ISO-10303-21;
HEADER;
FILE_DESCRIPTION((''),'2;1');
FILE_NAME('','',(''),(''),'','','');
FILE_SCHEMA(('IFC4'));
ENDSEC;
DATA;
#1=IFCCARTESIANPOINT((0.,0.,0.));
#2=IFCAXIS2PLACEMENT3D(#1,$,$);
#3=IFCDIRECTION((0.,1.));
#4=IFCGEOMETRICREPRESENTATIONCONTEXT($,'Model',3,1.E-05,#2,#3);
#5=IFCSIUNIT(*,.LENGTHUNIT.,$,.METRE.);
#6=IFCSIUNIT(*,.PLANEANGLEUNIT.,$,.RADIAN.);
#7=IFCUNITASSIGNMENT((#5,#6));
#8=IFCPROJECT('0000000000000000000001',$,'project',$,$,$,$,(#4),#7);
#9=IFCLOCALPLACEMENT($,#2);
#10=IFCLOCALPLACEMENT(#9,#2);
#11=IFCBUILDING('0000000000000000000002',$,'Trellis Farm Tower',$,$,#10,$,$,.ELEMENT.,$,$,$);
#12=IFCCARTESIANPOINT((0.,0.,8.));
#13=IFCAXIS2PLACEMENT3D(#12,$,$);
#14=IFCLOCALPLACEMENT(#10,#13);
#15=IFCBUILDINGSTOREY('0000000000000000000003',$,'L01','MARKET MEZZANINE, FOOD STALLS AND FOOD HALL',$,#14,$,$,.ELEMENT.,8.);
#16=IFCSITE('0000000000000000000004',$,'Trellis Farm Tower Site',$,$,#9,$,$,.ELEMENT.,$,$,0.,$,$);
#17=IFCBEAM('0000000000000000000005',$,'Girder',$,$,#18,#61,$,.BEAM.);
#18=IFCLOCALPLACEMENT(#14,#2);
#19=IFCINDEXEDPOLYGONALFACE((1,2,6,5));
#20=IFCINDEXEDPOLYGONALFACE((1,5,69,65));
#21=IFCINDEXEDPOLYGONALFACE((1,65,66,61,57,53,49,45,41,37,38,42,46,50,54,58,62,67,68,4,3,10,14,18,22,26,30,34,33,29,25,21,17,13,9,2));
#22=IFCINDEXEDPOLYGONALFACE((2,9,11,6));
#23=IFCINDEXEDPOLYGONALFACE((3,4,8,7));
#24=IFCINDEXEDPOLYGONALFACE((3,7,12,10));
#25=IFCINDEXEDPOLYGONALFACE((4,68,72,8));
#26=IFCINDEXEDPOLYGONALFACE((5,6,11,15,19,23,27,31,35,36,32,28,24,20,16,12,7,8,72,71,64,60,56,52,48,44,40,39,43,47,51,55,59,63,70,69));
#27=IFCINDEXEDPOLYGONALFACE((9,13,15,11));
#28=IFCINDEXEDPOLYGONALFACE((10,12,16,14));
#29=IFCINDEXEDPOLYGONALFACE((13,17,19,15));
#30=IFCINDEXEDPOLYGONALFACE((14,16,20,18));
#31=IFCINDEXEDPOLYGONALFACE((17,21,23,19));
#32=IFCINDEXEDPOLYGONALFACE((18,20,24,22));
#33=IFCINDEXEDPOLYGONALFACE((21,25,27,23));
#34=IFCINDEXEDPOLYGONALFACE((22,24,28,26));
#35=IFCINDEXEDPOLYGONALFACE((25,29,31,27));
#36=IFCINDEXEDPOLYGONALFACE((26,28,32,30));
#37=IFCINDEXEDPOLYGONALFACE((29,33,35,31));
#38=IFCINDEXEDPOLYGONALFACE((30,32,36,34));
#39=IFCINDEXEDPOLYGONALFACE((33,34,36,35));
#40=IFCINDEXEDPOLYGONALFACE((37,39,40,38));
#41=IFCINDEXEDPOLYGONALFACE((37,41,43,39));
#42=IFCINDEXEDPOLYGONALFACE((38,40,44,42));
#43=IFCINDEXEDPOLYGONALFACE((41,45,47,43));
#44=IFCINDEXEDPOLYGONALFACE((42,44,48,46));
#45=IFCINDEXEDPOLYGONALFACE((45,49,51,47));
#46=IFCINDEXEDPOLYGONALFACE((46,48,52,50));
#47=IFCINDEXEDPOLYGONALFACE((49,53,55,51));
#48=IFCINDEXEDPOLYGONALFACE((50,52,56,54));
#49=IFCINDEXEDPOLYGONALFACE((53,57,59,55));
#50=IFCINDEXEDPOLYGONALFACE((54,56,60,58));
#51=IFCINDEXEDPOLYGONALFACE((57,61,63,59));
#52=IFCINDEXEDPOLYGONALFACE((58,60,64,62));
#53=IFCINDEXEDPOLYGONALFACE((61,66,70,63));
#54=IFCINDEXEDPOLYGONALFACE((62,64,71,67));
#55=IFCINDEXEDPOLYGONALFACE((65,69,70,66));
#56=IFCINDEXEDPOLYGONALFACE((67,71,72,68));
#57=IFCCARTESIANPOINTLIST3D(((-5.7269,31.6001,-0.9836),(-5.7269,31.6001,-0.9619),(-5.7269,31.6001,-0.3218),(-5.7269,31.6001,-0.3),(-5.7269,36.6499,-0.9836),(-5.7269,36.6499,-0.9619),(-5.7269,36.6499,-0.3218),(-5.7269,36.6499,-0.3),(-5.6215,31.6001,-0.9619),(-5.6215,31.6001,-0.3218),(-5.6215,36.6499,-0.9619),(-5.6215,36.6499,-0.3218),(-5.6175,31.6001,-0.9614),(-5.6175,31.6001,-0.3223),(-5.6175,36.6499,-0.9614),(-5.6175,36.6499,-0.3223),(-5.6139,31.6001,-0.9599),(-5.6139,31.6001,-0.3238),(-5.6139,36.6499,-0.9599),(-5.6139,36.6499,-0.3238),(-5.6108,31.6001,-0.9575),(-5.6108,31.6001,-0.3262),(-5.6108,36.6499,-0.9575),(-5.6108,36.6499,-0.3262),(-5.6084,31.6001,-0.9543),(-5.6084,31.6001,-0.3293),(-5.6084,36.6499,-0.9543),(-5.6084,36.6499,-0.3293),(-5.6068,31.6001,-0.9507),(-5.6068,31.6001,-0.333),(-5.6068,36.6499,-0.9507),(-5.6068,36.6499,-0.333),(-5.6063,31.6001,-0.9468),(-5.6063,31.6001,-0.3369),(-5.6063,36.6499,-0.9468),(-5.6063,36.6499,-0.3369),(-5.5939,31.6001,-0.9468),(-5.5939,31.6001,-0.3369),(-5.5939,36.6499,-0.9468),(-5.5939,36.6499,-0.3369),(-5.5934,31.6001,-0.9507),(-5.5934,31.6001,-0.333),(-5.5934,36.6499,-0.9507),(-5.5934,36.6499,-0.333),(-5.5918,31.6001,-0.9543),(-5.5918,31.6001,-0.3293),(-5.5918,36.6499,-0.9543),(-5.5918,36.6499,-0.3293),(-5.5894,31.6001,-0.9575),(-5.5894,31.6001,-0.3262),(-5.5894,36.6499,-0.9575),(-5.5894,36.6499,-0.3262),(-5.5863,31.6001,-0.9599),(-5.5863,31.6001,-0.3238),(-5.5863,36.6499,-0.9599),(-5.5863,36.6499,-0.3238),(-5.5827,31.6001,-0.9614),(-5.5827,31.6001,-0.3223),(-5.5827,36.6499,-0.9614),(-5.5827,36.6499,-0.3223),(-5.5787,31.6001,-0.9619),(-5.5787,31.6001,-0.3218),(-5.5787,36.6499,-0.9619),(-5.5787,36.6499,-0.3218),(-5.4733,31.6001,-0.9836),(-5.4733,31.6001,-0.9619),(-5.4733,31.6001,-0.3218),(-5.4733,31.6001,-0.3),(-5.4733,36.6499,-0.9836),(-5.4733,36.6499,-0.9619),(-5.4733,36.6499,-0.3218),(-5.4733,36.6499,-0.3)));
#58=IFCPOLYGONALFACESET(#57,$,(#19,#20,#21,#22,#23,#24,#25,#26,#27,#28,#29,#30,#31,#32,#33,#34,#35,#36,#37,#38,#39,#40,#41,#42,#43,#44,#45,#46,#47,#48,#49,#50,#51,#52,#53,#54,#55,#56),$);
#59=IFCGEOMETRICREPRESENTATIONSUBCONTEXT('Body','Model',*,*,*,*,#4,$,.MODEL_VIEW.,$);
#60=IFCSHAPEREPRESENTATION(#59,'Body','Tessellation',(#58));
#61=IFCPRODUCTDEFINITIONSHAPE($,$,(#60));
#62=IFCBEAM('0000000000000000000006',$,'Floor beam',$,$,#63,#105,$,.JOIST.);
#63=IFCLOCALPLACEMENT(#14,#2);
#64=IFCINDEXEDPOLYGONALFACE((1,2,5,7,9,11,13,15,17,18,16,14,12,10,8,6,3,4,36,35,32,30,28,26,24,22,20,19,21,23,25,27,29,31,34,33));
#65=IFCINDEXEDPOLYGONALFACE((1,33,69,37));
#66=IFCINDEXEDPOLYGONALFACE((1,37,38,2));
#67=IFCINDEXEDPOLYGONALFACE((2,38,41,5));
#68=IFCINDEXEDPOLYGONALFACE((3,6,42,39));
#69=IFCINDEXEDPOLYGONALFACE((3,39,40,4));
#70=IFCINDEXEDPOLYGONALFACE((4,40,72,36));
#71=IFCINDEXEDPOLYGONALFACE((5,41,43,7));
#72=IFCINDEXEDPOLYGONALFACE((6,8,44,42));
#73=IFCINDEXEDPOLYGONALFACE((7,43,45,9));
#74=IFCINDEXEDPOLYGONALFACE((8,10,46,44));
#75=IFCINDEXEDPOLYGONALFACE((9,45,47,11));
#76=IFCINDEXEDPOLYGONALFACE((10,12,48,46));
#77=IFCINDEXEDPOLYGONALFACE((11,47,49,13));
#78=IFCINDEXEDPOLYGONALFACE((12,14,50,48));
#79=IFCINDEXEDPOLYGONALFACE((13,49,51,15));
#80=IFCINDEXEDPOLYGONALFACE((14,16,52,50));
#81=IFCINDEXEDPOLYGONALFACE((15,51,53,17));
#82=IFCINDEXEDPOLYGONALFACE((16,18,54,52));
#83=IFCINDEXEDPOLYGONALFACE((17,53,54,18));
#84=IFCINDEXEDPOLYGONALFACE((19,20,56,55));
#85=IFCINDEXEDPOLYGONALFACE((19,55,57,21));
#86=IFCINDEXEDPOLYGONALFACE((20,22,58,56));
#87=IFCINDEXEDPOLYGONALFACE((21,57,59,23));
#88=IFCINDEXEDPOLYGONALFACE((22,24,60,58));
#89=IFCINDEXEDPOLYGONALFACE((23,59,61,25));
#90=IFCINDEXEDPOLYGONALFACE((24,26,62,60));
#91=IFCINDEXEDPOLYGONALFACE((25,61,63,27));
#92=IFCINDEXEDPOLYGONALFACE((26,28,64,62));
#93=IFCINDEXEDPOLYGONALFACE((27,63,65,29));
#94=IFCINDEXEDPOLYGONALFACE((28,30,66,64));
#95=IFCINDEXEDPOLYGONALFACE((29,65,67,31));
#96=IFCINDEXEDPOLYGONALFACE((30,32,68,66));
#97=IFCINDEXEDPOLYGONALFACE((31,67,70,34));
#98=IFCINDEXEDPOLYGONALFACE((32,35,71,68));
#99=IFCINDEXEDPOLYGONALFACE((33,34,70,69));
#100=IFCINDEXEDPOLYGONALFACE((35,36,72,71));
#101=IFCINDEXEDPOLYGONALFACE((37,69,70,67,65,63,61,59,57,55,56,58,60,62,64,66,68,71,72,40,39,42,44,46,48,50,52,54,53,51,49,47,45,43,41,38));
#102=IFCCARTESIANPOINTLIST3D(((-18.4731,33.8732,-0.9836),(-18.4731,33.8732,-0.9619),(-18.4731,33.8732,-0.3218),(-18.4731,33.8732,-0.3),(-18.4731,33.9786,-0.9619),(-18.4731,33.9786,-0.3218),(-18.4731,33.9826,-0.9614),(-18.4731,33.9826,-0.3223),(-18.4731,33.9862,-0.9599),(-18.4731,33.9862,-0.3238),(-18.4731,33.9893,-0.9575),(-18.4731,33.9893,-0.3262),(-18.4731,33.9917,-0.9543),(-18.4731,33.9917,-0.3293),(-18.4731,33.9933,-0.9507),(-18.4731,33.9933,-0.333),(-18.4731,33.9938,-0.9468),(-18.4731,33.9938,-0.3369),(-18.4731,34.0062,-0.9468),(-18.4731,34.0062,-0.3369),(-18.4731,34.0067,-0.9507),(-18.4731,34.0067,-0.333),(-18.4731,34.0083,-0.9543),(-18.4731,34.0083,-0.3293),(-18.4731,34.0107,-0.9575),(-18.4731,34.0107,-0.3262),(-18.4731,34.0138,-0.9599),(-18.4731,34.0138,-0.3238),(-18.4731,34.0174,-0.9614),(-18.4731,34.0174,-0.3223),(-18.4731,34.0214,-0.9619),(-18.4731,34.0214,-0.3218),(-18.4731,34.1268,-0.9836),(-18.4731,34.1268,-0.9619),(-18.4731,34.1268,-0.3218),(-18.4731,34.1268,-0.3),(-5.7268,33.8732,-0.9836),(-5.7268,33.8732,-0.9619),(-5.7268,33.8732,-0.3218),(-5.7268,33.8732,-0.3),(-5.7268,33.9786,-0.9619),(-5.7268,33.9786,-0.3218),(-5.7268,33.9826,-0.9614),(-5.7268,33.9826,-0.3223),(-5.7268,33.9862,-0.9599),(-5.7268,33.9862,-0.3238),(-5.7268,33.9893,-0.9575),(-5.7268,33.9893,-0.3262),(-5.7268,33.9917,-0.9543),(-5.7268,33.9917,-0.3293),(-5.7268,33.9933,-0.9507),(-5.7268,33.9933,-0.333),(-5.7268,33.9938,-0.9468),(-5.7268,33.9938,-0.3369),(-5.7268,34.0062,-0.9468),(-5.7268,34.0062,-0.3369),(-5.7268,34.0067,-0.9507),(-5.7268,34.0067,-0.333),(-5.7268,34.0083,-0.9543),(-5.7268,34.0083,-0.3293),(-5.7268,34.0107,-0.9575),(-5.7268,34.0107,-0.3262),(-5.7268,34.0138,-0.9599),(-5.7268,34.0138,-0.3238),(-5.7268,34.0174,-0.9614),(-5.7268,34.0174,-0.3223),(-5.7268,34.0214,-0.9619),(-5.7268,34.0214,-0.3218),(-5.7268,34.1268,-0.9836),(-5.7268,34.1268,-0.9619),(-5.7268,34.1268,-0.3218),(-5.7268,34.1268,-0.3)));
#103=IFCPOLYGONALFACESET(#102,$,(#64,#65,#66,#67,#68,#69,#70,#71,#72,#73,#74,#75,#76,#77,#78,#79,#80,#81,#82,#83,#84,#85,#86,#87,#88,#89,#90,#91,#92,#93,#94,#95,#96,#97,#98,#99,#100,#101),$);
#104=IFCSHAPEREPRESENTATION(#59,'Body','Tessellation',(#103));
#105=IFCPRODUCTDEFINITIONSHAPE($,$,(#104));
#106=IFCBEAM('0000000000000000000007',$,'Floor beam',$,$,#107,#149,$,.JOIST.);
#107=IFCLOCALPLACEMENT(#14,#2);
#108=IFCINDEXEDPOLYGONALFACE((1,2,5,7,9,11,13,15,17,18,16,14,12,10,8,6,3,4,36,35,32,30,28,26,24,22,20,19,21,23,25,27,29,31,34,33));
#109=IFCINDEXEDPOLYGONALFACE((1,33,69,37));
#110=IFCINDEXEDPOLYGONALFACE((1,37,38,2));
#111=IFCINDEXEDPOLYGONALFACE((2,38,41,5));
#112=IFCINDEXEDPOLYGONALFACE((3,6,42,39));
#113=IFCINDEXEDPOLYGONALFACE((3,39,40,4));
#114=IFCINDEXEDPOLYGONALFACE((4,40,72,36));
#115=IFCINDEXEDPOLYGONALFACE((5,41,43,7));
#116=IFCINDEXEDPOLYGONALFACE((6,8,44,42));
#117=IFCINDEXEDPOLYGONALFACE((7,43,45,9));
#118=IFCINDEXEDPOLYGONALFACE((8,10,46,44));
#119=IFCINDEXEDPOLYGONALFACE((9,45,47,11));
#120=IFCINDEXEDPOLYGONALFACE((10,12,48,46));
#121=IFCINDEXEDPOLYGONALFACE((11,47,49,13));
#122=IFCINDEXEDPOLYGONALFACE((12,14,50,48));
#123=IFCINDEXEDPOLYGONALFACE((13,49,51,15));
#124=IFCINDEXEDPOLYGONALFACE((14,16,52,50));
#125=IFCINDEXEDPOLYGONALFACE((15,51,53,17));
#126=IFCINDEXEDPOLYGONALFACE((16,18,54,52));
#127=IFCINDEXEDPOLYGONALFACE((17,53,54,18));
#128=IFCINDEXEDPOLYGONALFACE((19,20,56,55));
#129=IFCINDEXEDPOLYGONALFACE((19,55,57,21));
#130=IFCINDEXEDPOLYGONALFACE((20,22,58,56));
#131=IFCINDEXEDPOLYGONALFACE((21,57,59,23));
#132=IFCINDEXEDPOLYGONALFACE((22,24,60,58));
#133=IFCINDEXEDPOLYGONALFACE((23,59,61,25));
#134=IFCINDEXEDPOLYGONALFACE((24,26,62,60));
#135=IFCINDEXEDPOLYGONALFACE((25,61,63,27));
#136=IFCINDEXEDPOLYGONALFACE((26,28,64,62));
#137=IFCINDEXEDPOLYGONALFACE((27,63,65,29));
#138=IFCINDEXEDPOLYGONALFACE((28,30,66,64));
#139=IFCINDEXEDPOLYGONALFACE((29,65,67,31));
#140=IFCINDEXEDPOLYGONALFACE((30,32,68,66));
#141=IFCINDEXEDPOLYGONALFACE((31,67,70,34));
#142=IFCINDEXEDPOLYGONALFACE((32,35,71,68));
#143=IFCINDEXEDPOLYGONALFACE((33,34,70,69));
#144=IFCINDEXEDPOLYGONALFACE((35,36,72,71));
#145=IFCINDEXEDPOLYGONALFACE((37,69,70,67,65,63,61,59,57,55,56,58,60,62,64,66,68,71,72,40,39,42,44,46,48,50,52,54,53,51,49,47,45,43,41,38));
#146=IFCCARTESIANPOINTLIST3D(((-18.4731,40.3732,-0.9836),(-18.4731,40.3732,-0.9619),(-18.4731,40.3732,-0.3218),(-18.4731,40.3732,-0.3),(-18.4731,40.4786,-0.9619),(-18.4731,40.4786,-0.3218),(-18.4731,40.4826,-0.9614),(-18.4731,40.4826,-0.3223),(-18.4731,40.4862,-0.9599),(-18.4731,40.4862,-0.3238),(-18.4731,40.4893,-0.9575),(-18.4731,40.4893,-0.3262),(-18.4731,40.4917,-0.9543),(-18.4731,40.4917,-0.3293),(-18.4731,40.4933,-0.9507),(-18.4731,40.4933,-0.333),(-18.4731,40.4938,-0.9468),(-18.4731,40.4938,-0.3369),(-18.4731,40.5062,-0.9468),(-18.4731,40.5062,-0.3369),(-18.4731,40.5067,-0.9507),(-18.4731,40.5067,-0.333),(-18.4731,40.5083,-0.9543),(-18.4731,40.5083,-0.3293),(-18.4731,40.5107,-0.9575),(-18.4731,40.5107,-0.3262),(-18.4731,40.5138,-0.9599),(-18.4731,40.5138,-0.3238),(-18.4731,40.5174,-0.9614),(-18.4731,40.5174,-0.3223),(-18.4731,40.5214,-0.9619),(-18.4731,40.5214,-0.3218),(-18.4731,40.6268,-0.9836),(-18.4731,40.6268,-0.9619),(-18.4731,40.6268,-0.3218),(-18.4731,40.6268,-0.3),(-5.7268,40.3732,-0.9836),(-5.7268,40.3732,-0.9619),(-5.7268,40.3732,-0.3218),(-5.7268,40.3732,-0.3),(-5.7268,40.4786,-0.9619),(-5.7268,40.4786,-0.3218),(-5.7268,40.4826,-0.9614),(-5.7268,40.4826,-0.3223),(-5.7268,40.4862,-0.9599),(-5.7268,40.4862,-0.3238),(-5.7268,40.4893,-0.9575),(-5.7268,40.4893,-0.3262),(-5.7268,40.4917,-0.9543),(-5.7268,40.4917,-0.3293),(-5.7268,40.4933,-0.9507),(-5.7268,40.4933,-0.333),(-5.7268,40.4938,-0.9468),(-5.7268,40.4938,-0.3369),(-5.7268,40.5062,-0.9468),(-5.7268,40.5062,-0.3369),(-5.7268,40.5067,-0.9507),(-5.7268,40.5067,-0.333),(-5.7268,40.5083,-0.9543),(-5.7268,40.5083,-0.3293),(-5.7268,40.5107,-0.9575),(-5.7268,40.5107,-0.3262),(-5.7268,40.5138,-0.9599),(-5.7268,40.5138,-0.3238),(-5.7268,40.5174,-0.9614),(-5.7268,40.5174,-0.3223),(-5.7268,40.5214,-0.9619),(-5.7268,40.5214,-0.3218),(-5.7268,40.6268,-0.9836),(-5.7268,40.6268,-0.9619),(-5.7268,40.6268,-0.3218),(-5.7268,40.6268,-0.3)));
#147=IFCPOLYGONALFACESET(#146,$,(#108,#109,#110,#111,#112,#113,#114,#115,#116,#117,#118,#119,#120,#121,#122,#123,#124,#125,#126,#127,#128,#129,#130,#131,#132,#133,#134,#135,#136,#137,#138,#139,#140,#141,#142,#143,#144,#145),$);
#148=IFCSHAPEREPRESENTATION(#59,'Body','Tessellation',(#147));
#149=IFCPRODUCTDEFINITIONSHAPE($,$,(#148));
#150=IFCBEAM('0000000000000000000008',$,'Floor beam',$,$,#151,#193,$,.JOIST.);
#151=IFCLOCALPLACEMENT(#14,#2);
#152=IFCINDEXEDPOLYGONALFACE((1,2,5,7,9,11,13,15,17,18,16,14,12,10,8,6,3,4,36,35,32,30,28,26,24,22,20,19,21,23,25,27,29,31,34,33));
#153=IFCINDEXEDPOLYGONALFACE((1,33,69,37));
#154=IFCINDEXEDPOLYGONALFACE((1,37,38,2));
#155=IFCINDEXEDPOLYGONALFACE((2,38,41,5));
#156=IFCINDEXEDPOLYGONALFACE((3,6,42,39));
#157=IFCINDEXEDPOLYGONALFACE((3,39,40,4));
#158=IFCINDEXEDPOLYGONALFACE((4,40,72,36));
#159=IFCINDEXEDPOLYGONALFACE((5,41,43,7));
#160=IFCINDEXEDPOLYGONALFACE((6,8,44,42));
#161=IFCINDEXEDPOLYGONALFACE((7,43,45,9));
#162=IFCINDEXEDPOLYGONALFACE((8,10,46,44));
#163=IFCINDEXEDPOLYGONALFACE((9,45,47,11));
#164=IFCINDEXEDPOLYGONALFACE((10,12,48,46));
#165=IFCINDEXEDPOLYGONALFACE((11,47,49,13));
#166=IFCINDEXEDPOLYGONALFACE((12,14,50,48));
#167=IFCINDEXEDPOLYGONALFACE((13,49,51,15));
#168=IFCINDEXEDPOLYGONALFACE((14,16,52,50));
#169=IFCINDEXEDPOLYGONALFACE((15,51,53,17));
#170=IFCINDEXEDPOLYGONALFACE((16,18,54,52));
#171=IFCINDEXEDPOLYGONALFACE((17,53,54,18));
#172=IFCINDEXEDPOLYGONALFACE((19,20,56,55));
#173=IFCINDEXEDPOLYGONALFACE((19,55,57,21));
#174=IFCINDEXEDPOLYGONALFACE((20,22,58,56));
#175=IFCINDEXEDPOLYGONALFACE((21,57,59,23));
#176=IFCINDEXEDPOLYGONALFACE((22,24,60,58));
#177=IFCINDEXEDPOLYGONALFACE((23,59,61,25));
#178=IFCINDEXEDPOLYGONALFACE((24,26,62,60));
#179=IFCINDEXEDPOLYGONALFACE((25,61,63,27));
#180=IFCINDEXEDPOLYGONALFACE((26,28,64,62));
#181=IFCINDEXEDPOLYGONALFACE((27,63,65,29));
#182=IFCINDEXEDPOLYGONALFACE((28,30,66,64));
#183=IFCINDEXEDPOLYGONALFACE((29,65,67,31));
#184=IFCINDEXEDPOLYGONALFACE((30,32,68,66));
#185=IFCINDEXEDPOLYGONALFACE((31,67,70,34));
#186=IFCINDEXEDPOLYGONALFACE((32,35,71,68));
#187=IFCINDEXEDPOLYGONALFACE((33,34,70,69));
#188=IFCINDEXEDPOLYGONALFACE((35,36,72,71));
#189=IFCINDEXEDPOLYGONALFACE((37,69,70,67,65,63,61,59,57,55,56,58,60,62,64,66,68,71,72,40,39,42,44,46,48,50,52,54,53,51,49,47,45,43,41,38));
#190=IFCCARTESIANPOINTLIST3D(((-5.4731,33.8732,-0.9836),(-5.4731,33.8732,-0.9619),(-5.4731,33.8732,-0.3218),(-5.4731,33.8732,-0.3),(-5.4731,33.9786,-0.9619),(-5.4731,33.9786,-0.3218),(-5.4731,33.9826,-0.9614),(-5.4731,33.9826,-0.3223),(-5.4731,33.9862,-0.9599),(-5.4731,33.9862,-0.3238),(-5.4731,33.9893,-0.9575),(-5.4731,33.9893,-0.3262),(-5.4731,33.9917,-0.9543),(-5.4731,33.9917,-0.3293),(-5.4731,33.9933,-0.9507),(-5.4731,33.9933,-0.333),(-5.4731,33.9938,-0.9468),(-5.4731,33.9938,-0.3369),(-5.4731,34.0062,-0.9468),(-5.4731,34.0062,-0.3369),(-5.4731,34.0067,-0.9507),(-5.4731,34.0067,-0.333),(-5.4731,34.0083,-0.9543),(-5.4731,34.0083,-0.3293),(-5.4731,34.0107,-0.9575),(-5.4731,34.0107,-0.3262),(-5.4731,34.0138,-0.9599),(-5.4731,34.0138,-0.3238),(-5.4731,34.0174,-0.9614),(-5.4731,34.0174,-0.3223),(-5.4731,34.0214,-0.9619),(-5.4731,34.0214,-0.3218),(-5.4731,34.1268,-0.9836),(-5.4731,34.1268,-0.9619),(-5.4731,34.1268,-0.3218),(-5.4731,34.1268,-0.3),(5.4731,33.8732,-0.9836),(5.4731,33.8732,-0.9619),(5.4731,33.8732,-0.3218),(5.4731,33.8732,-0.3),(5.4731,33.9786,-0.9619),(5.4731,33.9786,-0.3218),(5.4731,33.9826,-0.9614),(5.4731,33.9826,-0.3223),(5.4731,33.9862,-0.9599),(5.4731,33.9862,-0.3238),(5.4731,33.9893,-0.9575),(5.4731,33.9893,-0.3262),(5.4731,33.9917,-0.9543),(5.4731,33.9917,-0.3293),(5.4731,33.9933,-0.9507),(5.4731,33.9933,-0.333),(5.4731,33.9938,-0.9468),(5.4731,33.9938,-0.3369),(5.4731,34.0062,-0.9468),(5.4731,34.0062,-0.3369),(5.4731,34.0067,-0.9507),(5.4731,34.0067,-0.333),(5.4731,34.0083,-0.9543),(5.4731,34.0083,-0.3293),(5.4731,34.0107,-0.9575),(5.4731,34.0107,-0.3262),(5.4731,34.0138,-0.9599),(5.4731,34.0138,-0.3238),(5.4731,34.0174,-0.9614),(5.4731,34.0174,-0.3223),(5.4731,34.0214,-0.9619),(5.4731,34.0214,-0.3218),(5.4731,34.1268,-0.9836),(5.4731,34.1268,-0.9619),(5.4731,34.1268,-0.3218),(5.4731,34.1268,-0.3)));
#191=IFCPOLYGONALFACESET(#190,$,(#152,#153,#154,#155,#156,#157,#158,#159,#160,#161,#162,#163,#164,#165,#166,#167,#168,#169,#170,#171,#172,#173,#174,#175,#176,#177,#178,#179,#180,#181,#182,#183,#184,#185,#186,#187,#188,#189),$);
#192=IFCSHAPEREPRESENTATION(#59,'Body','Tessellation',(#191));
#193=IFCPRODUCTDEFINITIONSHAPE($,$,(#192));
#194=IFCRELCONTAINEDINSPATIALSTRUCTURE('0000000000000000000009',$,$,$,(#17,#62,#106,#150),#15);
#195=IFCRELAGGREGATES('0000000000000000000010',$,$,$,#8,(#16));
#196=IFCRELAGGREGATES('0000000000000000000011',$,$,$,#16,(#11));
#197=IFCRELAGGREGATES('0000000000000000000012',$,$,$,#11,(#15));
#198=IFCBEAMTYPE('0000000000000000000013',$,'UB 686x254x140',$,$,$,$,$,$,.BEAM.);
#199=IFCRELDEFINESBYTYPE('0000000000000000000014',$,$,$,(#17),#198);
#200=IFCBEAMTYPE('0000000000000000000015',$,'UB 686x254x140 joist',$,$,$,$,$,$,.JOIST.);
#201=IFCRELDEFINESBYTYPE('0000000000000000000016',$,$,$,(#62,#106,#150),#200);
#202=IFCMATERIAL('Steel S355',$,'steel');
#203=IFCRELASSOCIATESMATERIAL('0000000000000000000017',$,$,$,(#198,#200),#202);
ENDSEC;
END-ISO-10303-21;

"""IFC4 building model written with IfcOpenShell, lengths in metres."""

from ifc_helpers import new_model, si_unit, direction, frame, origin, origin_2d, place, context, subcontext, project, spatial, i_section, extrude, source, transform, mapped, material, material_profile, profile_set, type_object, element, save


model = new_model("IFC4")

# Units and contexts
model_context = context("Model", 3, precision=1e-05, world=origin(), true_north=direction((0.0, 1.0)))
body_context = subcontext(model_context, "Body", "Model", "MODEL_VIEW")
ifc_project = project(units=[si_unit("LENGTHUNIT", "METRE"), si_unit("PLANEANGLEUNIT", "RADIAN")], contexts=[model_context])

# Site, building, storey
site_placement = place(None, origin())
site = spatial("IfcSite", under=ifc_project, at=site_placement, Name="Trellis Farm Tower Site", CompositionType="ELEMENT", RefElevation=0.0)
building_placement = place(site_placement, origin())
building = spatial("IfcBuilding", under=site, at=building_placement, Name="Trellis Farm Tower", CompositionType="ELEMENT")
storey_placement = place(building_placement, frame((0.0, 0.0, 8.0)))
storey = spatial("IfcBuildingStorey", under=building, at=storey_placement, Name="L01", Description="MARKET MEZZANINE, FOOD STALLS AND FOOD HALL", CompositionType="ELEMENT", Elevation=8.0)

# Beams
ifc_material_1 = material(Name="Steel S355", Category="steel")
ifc_material_profile_1 = material_profile(ifc_material_1, i_section(OverallWidth=0.2537, OverallDepth=0.6836, WebThickness=0.0125, FlangeThickness=0.0217, FilletRadius=0.0151, at=origin_2d()), Name="UB 686x254x140")
ifc_profile_set_1 = profile_set([ifc_material_profile_1], Name="Steel S355")
beam_type_1 = type_object("IfcBeamType", Name="UB 686x254x140", PredefinedType="BEAM", material=ifc_profile_set_1)
shared_shape_1 = source(origin(), body_context, "Body", "SweptSolid", [
    extrude(i_section(OverallWidth=0.2537, OverallDepth=0.6836, WebThickness=0.0125, FlangeThickness=0.0217, FilletRadius=0.0151, at=origin_2d()), origin(), (0.0, 0.0, 1.0), 5.0498),
])
beam_1_placement = place(storey_placement, frame((-5.6001, 31.6001, -0.6418), z_axis=(0.0, 1.0, 0.0), x_axis=(-1.0, 0.0, 0.0)))
element("IfcBeam", 1, at=beam_1_placement, inside=storey, type_object=beam_type_1, Name="Girder", PredefinedType="BEAM", context=body_context, shape_type="MappedRepresentation", body=[
    mapped(shared_shape_1, transform((0.0, 0.0, 0.0))),
])
ifc_material_profile_2 = material_profile(ifc_material_1, i_section(OverallWidth=0.2537, OverallDepth=0.6836, WebThickness=0.0125, FlangeThickness=0.0217, FilletRadius=0.0151, at=origin_2d()), Name="UB 686x254x140")
ifc_profile_set_2 = profile_set([ifc_material_profile_2], Name="Steel S355")
beam_type_2 = type_object("IfcBeamType", Name="UB 686x254x140 joist", PredefinedType="JOIST", material=ifc_profile_set_2)
shared_shape_2 = source(origin(), body_context, "Body", "SweptSolid", [
    extrude(i_section(OverallWidth=0.2537, OverallDepth=0.6836, WebThickness=0.0125, FlangeThickness=0.0217, FilletRadius=0.0151, at=origin_2d()), origin(), (0.0, 0.0, 1.0), 12.7463),
])
for number, where, z_axis, x_axis, name in (
    (2, (-18.4731, 34.0, -0.6418), (1.0, 0.0, 0.0), (0.0, 1.0, 0.0), "Floor beam"),
    (3, (-18.4731, 40.5, -0.6418), (1.0, 0.0, 0.0), (0.0, 1.0, 0.0), "Floor beam"),
):
    element("IfcBeam", number, at=place(storey_placement, frame(where, z_axis=z_axis, x_axis=x_axis)), inside=storey, type_object=beam_type_2, Name=name, PredefinedType="JOIST", context=body_context, shape_type="MappedRepresentation", body=[
        mapped(shared_shape_2, transform((0.0, 0.0, 0.0))),
    ])
shared_shape_3 = source(origin(), body_context, "Body", "SweptSolid", [
    extrude(i_section(OverallWidth=0.2537, OverallDepth=0.6836, WebThickness=0.0125, FlangeThickness=0.0217, FilletRadius=0.0151, at=origin_2d()), origin(), (0.0, 0.0, 1.0), 10.9463),
])
for number, where, z_axis, x_axis, name in (
    (4, (-5.4731, 34.0, -0.6418), (1.0, 0.0, 0.0), (0.0, 1.0, 0.0), "Floor beam"),
):
    element("IfcBeam", number, at=place(storey_placement, frame(where, z_axis=z_axis, x_axis=x_axis)), inside=storey, type_object=beam_type_2, Name=name, PredefinedType="JOIST", context=body_context, shape_type="MappedRepresentation", body=[
        mapped(shared_shape_3, transform((0.0, 0.0, 0.0))),
    ])

save(model, "model.ifc")
